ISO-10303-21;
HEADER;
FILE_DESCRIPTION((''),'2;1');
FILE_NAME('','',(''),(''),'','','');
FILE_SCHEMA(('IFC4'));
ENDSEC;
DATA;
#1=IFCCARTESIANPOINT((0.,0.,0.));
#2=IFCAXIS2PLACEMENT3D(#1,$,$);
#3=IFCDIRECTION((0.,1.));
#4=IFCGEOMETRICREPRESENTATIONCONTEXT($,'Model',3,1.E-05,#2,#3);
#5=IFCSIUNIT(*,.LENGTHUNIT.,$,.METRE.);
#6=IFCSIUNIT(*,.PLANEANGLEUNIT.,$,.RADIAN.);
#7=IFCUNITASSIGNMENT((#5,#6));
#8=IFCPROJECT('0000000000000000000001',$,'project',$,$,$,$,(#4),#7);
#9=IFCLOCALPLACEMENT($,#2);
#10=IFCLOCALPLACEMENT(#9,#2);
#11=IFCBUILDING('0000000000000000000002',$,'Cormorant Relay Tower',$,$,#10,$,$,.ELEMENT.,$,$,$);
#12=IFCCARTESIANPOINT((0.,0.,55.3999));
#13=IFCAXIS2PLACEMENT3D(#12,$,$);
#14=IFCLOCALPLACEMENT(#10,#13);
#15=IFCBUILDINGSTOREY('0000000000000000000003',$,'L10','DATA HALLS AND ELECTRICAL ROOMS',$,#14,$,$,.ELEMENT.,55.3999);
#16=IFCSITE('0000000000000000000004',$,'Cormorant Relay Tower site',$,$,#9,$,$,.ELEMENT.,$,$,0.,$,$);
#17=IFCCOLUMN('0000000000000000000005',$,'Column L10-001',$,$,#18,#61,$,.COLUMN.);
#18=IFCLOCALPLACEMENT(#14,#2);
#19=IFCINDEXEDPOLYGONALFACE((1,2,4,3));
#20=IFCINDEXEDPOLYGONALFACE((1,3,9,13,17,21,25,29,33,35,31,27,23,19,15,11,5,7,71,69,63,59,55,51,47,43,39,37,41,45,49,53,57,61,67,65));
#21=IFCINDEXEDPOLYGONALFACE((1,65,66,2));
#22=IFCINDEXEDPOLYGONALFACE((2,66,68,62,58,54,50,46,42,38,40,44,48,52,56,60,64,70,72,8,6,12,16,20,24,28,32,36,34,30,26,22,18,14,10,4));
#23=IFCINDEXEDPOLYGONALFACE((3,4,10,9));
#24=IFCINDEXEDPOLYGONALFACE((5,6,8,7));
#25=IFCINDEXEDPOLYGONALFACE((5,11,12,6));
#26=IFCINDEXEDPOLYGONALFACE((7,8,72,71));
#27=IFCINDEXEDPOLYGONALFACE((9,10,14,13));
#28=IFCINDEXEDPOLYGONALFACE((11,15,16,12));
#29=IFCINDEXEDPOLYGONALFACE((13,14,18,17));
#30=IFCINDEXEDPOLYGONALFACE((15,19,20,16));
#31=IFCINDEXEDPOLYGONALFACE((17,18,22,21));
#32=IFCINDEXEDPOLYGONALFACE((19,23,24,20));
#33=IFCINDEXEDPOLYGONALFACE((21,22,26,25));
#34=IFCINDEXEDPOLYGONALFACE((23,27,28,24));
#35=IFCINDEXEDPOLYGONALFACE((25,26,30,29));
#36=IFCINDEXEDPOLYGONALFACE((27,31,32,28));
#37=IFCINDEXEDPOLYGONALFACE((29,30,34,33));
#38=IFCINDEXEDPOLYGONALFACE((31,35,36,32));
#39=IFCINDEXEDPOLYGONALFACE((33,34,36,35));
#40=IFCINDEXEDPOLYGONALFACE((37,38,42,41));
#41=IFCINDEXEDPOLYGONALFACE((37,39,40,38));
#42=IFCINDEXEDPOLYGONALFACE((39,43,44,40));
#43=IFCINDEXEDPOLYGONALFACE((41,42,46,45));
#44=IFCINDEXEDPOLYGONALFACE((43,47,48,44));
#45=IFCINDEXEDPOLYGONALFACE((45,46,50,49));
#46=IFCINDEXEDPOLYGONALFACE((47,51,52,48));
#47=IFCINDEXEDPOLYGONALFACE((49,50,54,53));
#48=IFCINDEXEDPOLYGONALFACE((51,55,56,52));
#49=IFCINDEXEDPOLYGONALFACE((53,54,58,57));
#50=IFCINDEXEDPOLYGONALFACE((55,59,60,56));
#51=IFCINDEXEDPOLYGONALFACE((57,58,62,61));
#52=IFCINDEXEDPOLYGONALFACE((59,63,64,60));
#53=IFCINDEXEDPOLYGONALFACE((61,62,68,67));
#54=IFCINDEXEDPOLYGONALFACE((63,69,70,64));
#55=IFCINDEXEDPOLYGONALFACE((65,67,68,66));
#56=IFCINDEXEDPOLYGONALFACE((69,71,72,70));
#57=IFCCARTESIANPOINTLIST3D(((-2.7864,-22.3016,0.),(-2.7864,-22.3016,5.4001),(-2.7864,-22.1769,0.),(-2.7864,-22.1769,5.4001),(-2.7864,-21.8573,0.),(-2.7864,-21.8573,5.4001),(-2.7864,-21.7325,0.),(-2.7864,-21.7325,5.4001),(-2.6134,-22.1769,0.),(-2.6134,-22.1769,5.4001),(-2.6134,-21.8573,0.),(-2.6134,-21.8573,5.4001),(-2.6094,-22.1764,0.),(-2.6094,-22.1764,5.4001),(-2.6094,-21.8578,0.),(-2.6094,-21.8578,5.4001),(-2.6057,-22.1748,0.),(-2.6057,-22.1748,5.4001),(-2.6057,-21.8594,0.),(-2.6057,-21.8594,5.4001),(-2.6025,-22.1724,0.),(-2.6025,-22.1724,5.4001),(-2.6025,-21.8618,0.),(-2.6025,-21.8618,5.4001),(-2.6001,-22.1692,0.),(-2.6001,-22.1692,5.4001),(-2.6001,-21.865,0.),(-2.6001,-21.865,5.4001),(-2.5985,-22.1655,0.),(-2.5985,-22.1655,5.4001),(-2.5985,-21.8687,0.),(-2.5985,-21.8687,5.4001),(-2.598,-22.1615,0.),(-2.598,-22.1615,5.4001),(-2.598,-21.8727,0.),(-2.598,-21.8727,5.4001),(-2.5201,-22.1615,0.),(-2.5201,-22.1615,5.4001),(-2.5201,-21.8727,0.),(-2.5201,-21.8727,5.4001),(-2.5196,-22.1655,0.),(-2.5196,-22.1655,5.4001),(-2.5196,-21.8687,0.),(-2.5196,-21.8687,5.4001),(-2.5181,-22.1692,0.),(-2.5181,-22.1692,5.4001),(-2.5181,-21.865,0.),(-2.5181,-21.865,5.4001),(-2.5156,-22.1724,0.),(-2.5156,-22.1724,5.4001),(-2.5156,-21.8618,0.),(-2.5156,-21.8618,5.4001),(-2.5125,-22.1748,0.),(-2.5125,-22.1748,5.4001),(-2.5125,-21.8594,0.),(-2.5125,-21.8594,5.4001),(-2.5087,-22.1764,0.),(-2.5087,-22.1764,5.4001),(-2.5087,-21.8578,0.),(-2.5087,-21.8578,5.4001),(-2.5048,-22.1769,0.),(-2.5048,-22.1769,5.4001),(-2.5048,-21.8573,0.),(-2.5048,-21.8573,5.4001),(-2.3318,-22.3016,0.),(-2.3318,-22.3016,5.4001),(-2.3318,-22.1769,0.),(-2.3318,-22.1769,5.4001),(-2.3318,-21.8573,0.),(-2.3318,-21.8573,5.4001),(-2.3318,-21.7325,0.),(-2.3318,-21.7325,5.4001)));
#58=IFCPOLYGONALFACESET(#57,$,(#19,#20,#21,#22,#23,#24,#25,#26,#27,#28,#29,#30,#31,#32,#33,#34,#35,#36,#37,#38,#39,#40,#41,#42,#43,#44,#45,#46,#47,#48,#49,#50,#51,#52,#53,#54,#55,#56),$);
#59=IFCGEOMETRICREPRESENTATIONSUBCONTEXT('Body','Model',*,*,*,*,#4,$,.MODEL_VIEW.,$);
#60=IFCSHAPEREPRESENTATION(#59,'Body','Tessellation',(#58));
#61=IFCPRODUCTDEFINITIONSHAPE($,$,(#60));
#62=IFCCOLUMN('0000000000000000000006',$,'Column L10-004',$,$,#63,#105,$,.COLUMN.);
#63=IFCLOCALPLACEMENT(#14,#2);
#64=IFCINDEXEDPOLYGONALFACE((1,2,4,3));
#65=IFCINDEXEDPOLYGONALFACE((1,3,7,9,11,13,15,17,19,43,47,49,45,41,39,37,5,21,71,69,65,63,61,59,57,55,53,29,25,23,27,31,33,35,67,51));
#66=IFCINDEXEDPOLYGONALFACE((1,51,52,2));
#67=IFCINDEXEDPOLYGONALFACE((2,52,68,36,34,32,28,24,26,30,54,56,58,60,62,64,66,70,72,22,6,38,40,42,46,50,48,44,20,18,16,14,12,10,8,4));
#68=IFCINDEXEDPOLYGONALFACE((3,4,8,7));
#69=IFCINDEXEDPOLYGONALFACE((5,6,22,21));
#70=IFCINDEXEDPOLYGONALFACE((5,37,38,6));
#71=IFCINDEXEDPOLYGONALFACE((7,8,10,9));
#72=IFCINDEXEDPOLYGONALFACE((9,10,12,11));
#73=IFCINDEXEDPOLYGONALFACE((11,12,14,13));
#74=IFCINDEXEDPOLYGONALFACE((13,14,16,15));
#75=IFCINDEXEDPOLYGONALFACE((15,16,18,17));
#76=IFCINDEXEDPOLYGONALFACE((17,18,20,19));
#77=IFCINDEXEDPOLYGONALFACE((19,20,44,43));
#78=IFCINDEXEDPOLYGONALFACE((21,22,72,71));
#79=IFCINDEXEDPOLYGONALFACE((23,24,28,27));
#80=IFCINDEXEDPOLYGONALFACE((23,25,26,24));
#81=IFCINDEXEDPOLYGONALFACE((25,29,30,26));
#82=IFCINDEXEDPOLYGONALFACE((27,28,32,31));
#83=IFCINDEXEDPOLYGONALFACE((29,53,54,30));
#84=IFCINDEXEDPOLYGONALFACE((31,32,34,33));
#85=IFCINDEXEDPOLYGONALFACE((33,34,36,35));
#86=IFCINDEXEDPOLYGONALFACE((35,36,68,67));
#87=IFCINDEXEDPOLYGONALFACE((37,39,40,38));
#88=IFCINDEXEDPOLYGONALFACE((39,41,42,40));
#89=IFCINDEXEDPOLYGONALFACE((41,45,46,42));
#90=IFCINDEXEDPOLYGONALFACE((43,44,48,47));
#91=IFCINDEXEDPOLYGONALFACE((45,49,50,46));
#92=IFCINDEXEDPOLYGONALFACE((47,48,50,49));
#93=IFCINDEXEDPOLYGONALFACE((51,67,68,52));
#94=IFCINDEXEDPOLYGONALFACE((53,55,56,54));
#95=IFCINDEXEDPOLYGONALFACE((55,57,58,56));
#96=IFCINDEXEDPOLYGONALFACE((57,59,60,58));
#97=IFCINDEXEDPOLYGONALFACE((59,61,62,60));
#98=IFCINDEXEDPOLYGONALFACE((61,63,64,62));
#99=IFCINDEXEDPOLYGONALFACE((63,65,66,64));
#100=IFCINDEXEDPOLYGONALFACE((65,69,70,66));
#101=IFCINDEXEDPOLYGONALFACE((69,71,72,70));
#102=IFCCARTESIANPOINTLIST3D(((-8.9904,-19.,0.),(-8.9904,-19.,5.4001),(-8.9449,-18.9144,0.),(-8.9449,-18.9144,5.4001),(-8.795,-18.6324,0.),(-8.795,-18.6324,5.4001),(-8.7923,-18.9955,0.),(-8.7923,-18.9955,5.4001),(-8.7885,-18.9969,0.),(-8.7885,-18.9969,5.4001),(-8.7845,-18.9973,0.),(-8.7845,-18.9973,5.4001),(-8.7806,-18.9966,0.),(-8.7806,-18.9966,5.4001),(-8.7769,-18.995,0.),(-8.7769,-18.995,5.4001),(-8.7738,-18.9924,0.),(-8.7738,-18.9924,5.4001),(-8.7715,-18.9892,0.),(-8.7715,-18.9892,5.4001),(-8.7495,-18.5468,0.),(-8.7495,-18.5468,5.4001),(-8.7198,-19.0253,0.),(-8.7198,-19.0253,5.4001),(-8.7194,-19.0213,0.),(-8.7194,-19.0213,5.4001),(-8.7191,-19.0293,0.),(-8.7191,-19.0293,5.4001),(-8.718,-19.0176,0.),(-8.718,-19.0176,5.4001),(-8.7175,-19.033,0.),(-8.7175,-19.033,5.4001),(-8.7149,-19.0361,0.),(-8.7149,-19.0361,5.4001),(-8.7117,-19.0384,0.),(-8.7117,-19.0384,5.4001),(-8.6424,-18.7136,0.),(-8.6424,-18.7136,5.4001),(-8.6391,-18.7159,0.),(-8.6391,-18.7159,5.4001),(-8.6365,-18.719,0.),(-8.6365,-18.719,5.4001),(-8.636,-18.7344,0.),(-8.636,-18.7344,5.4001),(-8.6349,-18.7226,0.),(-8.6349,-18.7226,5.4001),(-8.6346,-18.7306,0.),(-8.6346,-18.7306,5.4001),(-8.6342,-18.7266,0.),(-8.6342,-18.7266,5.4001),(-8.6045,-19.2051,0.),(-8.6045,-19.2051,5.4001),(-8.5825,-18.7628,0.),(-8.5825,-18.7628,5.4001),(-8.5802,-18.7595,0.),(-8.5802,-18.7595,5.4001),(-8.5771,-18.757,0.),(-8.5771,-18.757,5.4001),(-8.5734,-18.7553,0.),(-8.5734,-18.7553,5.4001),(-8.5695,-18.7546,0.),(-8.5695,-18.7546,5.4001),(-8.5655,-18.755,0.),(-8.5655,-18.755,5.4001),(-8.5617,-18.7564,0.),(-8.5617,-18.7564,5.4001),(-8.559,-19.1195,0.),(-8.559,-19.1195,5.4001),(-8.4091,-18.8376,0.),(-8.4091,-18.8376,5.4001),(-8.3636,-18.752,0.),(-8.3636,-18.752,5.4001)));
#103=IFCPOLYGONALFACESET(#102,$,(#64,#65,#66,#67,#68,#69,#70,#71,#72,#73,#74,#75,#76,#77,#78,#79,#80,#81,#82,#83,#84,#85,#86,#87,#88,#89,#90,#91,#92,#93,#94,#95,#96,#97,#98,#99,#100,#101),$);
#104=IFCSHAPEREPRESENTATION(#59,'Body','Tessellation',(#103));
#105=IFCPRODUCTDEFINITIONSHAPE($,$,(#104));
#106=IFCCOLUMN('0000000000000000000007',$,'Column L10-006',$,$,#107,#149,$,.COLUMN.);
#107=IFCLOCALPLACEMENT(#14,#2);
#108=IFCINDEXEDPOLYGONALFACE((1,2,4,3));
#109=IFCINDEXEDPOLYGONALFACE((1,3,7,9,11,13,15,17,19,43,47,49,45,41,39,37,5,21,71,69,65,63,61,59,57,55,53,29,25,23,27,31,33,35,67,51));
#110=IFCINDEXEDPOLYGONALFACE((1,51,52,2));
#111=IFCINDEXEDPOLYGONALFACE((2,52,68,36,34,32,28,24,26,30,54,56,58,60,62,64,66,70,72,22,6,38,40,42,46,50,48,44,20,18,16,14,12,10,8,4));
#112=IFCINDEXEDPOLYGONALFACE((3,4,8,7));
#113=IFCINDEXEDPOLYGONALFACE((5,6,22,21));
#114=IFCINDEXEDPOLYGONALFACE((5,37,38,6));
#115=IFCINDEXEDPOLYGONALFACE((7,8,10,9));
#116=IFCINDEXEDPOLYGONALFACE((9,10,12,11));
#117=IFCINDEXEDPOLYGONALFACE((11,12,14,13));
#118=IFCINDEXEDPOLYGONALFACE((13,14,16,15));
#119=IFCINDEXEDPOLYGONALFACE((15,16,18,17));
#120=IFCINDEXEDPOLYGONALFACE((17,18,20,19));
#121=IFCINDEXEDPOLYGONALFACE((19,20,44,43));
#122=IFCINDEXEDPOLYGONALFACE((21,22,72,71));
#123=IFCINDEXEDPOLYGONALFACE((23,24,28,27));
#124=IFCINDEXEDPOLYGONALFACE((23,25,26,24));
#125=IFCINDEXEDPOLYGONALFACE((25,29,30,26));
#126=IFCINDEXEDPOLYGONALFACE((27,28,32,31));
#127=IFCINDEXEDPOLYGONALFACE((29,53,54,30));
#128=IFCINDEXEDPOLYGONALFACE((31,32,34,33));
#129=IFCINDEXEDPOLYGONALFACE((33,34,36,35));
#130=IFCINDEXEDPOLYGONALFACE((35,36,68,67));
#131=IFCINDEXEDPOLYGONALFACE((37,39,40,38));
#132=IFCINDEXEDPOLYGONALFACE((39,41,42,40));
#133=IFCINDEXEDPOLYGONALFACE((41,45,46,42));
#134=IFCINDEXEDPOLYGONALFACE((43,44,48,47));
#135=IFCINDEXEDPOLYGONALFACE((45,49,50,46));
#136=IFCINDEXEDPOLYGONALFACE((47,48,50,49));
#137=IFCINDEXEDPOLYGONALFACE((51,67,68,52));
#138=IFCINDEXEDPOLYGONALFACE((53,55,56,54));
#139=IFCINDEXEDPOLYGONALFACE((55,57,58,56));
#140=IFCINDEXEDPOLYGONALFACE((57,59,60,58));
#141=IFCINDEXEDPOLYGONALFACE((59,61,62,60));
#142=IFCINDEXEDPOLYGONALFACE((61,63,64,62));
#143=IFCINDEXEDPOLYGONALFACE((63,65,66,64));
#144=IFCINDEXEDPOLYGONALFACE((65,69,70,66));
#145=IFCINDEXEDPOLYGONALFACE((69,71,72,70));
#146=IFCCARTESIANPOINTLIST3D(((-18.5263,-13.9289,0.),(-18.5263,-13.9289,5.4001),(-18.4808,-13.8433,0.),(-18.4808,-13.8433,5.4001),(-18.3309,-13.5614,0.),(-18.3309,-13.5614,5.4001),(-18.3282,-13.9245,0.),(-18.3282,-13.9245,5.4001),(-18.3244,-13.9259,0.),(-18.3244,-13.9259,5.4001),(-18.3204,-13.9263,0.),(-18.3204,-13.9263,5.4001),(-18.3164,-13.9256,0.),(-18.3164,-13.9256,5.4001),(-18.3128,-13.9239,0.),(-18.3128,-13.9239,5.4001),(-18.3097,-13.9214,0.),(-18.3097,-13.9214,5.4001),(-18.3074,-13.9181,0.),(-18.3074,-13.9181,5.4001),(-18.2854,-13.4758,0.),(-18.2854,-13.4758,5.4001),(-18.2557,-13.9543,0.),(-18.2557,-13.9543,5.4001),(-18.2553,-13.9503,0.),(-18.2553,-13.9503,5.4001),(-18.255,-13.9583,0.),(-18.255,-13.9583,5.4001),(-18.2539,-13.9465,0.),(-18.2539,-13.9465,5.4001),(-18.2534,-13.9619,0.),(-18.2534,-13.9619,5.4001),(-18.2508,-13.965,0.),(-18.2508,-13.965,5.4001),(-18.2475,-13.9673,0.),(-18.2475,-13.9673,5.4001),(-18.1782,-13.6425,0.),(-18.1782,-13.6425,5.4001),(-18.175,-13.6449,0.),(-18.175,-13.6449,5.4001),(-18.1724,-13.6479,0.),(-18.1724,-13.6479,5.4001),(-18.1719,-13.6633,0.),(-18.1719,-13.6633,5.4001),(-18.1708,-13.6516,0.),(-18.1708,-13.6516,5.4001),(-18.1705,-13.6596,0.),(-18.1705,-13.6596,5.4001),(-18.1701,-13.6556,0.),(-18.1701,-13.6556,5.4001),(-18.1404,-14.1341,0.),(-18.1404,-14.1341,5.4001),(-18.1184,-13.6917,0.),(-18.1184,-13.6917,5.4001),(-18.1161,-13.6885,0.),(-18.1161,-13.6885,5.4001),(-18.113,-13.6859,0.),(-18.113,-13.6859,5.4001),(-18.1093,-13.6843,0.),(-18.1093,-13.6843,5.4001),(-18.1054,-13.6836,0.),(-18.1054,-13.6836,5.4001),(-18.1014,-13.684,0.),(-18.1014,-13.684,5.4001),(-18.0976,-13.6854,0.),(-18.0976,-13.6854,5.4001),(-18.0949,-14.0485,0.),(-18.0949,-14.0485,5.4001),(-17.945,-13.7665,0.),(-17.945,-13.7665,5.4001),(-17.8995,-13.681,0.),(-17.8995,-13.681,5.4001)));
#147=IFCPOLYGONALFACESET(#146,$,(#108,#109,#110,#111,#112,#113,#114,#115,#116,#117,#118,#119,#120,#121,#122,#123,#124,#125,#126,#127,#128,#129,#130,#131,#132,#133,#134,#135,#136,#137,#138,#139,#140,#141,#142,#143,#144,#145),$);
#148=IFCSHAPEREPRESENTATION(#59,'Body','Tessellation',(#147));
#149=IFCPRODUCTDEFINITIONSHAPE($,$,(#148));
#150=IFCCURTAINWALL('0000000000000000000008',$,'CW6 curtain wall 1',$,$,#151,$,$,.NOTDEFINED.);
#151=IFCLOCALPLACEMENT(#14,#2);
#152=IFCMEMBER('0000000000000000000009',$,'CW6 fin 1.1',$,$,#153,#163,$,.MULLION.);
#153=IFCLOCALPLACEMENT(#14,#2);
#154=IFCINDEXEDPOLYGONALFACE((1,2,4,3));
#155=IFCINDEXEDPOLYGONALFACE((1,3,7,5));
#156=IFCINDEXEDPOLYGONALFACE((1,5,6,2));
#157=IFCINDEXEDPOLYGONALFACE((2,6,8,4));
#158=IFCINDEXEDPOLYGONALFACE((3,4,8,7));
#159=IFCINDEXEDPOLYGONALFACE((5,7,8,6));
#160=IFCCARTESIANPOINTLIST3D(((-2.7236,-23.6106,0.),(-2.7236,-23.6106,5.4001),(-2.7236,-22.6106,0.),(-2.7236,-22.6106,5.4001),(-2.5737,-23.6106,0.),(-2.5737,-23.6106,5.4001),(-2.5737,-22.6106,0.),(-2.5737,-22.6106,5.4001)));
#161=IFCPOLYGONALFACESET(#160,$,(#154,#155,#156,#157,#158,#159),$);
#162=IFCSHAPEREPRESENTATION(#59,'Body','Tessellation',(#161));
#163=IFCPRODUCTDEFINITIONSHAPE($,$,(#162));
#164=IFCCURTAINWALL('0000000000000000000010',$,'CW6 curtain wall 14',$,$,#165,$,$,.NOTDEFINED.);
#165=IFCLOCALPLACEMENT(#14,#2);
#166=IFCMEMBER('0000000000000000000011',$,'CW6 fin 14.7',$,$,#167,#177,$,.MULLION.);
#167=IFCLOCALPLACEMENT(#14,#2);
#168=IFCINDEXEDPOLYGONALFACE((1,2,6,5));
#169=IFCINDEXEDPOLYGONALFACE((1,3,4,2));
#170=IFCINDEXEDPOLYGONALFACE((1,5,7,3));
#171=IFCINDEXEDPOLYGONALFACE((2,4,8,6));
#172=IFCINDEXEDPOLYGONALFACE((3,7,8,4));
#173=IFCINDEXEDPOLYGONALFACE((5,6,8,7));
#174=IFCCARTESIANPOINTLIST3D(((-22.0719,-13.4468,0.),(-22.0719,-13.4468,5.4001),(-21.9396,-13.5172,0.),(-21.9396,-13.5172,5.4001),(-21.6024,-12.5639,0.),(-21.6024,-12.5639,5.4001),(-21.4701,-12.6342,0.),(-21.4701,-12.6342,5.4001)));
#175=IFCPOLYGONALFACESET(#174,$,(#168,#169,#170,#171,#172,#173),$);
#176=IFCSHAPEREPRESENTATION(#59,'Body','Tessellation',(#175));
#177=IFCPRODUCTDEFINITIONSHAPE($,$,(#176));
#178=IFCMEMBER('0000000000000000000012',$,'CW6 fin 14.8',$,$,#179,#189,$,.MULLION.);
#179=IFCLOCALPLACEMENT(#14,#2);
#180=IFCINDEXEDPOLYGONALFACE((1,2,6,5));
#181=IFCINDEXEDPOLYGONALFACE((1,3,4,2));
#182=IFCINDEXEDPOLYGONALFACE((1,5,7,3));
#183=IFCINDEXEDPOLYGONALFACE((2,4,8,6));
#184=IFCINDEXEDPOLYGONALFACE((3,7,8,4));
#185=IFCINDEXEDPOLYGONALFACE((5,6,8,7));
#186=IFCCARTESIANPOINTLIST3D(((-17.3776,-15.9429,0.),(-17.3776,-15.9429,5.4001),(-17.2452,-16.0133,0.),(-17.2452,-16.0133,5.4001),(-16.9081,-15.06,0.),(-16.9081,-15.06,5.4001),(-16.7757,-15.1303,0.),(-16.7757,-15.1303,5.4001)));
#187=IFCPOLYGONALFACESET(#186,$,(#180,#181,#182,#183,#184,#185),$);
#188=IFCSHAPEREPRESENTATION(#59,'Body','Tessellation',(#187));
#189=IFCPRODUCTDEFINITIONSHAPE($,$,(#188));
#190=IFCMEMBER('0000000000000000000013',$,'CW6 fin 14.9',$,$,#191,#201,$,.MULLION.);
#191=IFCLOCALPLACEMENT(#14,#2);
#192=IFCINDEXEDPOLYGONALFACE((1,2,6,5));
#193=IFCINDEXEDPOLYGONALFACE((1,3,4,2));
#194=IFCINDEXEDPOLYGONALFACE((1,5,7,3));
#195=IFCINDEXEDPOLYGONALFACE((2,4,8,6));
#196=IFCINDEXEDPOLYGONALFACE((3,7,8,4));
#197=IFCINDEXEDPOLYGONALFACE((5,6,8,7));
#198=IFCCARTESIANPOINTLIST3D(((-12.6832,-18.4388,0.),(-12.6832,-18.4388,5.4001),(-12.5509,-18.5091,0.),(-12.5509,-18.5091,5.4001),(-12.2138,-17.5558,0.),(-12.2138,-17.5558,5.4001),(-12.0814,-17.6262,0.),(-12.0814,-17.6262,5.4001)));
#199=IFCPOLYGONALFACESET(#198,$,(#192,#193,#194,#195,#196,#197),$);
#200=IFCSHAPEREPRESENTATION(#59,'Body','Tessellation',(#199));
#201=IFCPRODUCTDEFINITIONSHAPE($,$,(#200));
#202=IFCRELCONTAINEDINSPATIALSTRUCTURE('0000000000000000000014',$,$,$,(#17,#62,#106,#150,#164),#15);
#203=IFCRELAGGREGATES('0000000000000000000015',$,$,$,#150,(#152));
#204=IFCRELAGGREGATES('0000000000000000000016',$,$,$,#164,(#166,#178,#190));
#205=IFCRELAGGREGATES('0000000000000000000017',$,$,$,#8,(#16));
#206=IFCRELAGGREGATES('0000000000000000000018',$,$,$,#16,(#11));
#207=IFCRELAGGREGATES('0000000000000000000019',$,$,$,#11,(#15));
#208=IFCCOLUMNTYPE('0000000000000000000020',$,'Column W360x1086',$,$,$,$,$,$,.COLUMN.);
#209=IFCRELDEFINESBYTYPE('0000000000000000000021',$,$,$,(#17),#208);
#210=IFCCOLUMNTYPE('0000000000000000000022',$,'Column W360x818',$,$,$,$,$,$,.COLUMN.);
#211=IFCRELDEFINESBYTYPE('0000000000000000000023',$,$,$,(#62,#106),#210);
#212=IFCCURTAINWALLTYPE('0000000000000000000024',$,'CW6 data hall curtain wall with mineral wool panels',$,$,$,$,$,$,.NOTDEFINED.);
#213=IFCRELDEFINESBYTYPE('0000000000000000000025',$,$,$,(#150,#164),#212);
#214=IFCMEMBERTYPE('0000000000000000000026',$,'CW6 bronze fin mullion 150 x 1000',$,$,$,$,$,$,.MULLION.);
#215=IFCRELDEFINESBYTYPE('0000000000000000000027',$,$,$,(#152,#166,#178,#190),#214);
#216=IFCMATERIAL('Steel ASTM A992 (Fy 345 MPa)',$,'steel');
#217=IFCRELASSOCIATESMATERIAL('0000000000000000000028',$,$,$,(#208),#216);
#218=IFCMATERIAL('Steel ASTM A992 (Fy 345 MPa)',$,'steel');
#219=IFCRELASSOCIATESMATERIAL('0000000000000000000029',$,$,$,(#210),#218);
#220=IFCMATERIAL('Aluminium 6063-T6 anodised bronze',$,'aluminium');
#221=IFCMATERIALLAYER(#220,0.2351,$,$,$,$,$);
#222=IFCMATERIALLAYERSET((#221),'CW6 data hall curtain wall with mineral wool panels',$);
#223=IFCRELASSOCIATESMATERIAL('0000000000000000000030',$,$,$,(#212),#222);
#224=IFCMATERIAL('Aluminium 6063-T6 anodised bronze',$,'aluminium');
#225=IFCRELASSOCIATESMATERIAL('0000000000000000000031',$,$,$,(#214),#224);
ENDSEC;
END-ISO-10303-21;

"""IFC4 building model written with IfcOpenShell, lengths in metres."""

from ifc_helpers import new_model, si_unit, direction, frame, origin, origin_2d, place, context, subcontext, project, spatial, rectangle, i_section, extrude, material, layer, layer_set, material_profile, profile_set, type_object, element, aggregate, save


model = new_model("IFC4")

# Units and contexts
model_context = context("Model", 3, precision=1e-05, world=origin(), true_north=direction((0.0, 1.0)))
body_context = subcontext(model_context, "Body", "Model", "MODEL_VIEW")
ifc_project = project(units=[si_unit("LENGTHUNIT", "METRE"), si_unit("PLANEANGLEUNIT", "RADIAN")], contexts=[model_context])

# Site, building, storey
site_placement = place(None, origin())
site = spatial("IfcSite", under=ifc_project, at=site_placement, Name="Cormorant Relay Tower site", CompositionType="ELEMENT", RefElevation=0.0)
building_placement = place(site_placement, origin())
building = spatial("IfcBuilding", under=site, at=building_placement, Name="Cormorant Relay Tower", CompositionType="ELEMENT")
storey_placement = place(building_placement, frame((0.0, 0.0, 55.3999)))
storey = spatial("IfcBuildingStorey", under=building, at=storey_placement, Name="L10", Description="DATA HALLS AND ELECTRICAL ROOMS", CompositionType="ELEMENT", Elevation=55.3999)

# Columns
ifc_material_1 = material(Name="Steel ASTM A992 (Fy 345 MPa)", Category="steel")
ifc_material_profile_1 = material_profile(ifc_material_1, i_section(OverallWidth=0.4546, OverallDepth=0.5691, WebThickness=0.0779, FlangeThickness=0.1248, FilletRadius=0.0154, at=origin_2d()), Name="W360x1086")
ifc_profile_set_1 = profile_set([ifc_material_profile_1], Name="Steel ASTM A992 (Fy 345 MPa)")
column_type_1 = type_object("IfcColumnType", Name="Column W360x1086", PredefinedType="COLUMN", material=ifc_profile_set_1)
column_placement = place(storey_placement, frame((-2.5591, -22.0171, 0.0), z_axis=(0.0, 0.0, 1.0), x_axis=(1.0, 0.0, 0.0)))
element("IfcColumn", 1, at=column_placement, inside=storey, type_object=column_type_1, Name="Column L10-001", PredefinedType="COLUMN", context=body_context, shape_type="SweptSolid", body=[
    extrude(i_section(OverallWidth=0.4546, OverallDepth=0.5691, WebThickness=0.0779, FlangeThickness=0.1248, FilletRadius=0.0154, at=origin_2d()), origin(), (0.0, 0.0, 1.0), 5.4001),
])
ifc_material_2 = material(Name="Steel ASTM A992 (Fy 345 MPa)", Category="steel")
ifc_material_profile_2 = material_profile(ifc_material_2, i_section(OverallWidth=0.437, OverallDepth=0.5132, WebThickness=0.0605, FlangeThickness=0.0969, FilletRadius=0.0154, at=origin_2d()), Name="W360x818")
ifc_profile_set_2 = profile_set([ifc_material_profile_2], Name="Steel ASTM A992 (Fy 345 MPa)")
column_type_2 = type_object("IfcColumnType", Name="Column W360x818", PredefinedType="COLUMN", material=ifc_profile_set_2)
for number, where, z_axis, x_axis, name in (
    (2, (-8.677, -18.876, 0.0), (0.0, 0.0, 1.0), (0.882948, -0.469472, 0.0), "Column L10-004"),
    (3, (-18.2129, -13.8049, 0.0), (0.0, 0.0, 1.0), (0.882948, -0.469472, 0.0), "Column L10-006"),
):
    element("IfcColumn", number, at=place(storey_placement, frame(where, z_axis=z_axis, x_axis=x_axis)), inside=storey, type_object=column_type_2, Name=name, PredefinedType="COLUMN", context=body_context, shape_type="SweptSolid", body=[
        extrude(i_section(OverallWidth=0.437, OverallDepth=0.5132, WebThickness=0.0605, FlangeThickness=0.0969, FilletRadius=0.0154, at=origin_2d()), origin(), (0.0, 0.0, 1.0), 5.4001),
    ])

# Curtain wall, member
ifc_material_3 = material(Name="Aluminium 6063-T6 anodised bronze", Category="aluminium")
ifc_layer_1 = layer(ifc_material_3, 0.2351)
ifc_layer_set_1 = layer_set([ifc_layer_1], Name="CW6 data hall curtain wall with mineral wool panels")
curtain_wall_type = type_object("IfcCurtainWallType", Name="CW6 data hall curtain wall with mineral wool panels", PredefinedType="NOTDEFINED", material=ifc_layer_set_1)
curtain_wall_1_placement = place(storey_placement, origin())
curtain_wall_1 = element("IfcCurtainWall", 4, at=curtain_wall_1_placement, inside=storey, type_object=curtain_wall_type, Name="CW6 curtain wall 1", PredefinedType="NOTDEFINED")
ifc_material_4 = material(Name="Aluminium 6063-T6 anodised bronze", Category="aluminium")
ifc_material_profile_3 = material_profile(ifc_material_4, rectangle(XDim=0.1499, YDim=1.0, at=origin_2d()), Name="AL 150x1000")
ifc_profile_set_3 = profile_set([ifc_material_profile_3], Name="Aluminium 6063-T6 anodised bronze")
member_type_1 = type_object("IfcMemberType", Name="CW6 bronze fin mullion 150 x 1000", PredefinedType="MULLION", material=ifc_profile_set_3)
member_1_placement = place(storey_placement, frame((-2.6487, -23.1106, 0.0), z_axis=(0.0, 0.0, 1.0), x_axis=(1.0, 0.0, 0.0)))
member_1 = element("IfcMember", 5, at=member_1_placement, type_object=member_type_1, Name="CW6 fin 1.1", PredefinedType="MULLION", context=body_context, shape_type="SweptSolid", body=[
    extrude(rectangle(XDim=0.1499, YDim=1.0, at=origin_2d()), origin(), (0.0, 0.0, 1.0), 5.4001),
])

# Curtain wall, members
curtain_wall_2_placement = place(storey_placement, origin())
curtain_wall_2 = element("IfcCurtainWall", 6, at=curtain_wall_2_placement, inside=storey, type_object=curtain_wall_type, Name="CW6 curtain wall 14", PredefinedType="NOTDEFINED")
member_2_placement = place(storey_placement, frame((-21.771, -13.0405, 0.0), z_axis=(0.0, 0.0, 1.0), x_axis=(0.882948, -0.469472, 0.0)))
member_2 = element("IfcMember", 7, at=member_2_placement, type_object=member_type_1, Name="CW6 fin 14.7", PredefinedType="MULLION", context=body_context, shape_type="SweptSolid", body=[
    extrude(rectangle(XDim=0.1499, YDim=1.0, at=origin_2d()), origin(), (0.0, 0.0, 1.0), 5.4001),
])
member_3_placement = place(storey_placement, frame((-17.0767, -15.5366, 0.0), z_axis=(0.0, 0.0, 1.0), x_axis=(0.882948, -0.469472, 0.0)))
member_3 = element("IfcMember", 8, at=member_3_placement, type_object=member_type_1, Name="CW6 fin 14.8", PredefinedType="MULLION", context=body_context, shape_type="SweptSolid", body=[
    extrude(rectangle(XDim=0.1499, YDim=1.0, at=origin_2d()), origin(), (0.0, 0.0, 1.0), 5.4001),
])
member_4_placement = place(storey_placement, frame((-12.3823, -18.0325, 0.0), z_axis=(0.0, 0.0, 1.0), x_axis=(0.882948, -0.469472, 0.0)))
member_4 = element("IfcMember", 9, at=member_4_placement, type_object=member_type_1, Name="CW6 fin 14.9", PredefinedType="MULLION", context=body_context, shape_type="SweptSolid", body=[
    extrude(rectangle(XDim=0.1499, YDim=1.0, at=origin_2d()), origin(), (0.0, 0.0, 1.0), 5.4001),
])

aggregate(curtain_wall_1, [member_1])

aggregate(curtain_wall_2, [member_2, member_3, member_4])

save(model, "model.ifc")
